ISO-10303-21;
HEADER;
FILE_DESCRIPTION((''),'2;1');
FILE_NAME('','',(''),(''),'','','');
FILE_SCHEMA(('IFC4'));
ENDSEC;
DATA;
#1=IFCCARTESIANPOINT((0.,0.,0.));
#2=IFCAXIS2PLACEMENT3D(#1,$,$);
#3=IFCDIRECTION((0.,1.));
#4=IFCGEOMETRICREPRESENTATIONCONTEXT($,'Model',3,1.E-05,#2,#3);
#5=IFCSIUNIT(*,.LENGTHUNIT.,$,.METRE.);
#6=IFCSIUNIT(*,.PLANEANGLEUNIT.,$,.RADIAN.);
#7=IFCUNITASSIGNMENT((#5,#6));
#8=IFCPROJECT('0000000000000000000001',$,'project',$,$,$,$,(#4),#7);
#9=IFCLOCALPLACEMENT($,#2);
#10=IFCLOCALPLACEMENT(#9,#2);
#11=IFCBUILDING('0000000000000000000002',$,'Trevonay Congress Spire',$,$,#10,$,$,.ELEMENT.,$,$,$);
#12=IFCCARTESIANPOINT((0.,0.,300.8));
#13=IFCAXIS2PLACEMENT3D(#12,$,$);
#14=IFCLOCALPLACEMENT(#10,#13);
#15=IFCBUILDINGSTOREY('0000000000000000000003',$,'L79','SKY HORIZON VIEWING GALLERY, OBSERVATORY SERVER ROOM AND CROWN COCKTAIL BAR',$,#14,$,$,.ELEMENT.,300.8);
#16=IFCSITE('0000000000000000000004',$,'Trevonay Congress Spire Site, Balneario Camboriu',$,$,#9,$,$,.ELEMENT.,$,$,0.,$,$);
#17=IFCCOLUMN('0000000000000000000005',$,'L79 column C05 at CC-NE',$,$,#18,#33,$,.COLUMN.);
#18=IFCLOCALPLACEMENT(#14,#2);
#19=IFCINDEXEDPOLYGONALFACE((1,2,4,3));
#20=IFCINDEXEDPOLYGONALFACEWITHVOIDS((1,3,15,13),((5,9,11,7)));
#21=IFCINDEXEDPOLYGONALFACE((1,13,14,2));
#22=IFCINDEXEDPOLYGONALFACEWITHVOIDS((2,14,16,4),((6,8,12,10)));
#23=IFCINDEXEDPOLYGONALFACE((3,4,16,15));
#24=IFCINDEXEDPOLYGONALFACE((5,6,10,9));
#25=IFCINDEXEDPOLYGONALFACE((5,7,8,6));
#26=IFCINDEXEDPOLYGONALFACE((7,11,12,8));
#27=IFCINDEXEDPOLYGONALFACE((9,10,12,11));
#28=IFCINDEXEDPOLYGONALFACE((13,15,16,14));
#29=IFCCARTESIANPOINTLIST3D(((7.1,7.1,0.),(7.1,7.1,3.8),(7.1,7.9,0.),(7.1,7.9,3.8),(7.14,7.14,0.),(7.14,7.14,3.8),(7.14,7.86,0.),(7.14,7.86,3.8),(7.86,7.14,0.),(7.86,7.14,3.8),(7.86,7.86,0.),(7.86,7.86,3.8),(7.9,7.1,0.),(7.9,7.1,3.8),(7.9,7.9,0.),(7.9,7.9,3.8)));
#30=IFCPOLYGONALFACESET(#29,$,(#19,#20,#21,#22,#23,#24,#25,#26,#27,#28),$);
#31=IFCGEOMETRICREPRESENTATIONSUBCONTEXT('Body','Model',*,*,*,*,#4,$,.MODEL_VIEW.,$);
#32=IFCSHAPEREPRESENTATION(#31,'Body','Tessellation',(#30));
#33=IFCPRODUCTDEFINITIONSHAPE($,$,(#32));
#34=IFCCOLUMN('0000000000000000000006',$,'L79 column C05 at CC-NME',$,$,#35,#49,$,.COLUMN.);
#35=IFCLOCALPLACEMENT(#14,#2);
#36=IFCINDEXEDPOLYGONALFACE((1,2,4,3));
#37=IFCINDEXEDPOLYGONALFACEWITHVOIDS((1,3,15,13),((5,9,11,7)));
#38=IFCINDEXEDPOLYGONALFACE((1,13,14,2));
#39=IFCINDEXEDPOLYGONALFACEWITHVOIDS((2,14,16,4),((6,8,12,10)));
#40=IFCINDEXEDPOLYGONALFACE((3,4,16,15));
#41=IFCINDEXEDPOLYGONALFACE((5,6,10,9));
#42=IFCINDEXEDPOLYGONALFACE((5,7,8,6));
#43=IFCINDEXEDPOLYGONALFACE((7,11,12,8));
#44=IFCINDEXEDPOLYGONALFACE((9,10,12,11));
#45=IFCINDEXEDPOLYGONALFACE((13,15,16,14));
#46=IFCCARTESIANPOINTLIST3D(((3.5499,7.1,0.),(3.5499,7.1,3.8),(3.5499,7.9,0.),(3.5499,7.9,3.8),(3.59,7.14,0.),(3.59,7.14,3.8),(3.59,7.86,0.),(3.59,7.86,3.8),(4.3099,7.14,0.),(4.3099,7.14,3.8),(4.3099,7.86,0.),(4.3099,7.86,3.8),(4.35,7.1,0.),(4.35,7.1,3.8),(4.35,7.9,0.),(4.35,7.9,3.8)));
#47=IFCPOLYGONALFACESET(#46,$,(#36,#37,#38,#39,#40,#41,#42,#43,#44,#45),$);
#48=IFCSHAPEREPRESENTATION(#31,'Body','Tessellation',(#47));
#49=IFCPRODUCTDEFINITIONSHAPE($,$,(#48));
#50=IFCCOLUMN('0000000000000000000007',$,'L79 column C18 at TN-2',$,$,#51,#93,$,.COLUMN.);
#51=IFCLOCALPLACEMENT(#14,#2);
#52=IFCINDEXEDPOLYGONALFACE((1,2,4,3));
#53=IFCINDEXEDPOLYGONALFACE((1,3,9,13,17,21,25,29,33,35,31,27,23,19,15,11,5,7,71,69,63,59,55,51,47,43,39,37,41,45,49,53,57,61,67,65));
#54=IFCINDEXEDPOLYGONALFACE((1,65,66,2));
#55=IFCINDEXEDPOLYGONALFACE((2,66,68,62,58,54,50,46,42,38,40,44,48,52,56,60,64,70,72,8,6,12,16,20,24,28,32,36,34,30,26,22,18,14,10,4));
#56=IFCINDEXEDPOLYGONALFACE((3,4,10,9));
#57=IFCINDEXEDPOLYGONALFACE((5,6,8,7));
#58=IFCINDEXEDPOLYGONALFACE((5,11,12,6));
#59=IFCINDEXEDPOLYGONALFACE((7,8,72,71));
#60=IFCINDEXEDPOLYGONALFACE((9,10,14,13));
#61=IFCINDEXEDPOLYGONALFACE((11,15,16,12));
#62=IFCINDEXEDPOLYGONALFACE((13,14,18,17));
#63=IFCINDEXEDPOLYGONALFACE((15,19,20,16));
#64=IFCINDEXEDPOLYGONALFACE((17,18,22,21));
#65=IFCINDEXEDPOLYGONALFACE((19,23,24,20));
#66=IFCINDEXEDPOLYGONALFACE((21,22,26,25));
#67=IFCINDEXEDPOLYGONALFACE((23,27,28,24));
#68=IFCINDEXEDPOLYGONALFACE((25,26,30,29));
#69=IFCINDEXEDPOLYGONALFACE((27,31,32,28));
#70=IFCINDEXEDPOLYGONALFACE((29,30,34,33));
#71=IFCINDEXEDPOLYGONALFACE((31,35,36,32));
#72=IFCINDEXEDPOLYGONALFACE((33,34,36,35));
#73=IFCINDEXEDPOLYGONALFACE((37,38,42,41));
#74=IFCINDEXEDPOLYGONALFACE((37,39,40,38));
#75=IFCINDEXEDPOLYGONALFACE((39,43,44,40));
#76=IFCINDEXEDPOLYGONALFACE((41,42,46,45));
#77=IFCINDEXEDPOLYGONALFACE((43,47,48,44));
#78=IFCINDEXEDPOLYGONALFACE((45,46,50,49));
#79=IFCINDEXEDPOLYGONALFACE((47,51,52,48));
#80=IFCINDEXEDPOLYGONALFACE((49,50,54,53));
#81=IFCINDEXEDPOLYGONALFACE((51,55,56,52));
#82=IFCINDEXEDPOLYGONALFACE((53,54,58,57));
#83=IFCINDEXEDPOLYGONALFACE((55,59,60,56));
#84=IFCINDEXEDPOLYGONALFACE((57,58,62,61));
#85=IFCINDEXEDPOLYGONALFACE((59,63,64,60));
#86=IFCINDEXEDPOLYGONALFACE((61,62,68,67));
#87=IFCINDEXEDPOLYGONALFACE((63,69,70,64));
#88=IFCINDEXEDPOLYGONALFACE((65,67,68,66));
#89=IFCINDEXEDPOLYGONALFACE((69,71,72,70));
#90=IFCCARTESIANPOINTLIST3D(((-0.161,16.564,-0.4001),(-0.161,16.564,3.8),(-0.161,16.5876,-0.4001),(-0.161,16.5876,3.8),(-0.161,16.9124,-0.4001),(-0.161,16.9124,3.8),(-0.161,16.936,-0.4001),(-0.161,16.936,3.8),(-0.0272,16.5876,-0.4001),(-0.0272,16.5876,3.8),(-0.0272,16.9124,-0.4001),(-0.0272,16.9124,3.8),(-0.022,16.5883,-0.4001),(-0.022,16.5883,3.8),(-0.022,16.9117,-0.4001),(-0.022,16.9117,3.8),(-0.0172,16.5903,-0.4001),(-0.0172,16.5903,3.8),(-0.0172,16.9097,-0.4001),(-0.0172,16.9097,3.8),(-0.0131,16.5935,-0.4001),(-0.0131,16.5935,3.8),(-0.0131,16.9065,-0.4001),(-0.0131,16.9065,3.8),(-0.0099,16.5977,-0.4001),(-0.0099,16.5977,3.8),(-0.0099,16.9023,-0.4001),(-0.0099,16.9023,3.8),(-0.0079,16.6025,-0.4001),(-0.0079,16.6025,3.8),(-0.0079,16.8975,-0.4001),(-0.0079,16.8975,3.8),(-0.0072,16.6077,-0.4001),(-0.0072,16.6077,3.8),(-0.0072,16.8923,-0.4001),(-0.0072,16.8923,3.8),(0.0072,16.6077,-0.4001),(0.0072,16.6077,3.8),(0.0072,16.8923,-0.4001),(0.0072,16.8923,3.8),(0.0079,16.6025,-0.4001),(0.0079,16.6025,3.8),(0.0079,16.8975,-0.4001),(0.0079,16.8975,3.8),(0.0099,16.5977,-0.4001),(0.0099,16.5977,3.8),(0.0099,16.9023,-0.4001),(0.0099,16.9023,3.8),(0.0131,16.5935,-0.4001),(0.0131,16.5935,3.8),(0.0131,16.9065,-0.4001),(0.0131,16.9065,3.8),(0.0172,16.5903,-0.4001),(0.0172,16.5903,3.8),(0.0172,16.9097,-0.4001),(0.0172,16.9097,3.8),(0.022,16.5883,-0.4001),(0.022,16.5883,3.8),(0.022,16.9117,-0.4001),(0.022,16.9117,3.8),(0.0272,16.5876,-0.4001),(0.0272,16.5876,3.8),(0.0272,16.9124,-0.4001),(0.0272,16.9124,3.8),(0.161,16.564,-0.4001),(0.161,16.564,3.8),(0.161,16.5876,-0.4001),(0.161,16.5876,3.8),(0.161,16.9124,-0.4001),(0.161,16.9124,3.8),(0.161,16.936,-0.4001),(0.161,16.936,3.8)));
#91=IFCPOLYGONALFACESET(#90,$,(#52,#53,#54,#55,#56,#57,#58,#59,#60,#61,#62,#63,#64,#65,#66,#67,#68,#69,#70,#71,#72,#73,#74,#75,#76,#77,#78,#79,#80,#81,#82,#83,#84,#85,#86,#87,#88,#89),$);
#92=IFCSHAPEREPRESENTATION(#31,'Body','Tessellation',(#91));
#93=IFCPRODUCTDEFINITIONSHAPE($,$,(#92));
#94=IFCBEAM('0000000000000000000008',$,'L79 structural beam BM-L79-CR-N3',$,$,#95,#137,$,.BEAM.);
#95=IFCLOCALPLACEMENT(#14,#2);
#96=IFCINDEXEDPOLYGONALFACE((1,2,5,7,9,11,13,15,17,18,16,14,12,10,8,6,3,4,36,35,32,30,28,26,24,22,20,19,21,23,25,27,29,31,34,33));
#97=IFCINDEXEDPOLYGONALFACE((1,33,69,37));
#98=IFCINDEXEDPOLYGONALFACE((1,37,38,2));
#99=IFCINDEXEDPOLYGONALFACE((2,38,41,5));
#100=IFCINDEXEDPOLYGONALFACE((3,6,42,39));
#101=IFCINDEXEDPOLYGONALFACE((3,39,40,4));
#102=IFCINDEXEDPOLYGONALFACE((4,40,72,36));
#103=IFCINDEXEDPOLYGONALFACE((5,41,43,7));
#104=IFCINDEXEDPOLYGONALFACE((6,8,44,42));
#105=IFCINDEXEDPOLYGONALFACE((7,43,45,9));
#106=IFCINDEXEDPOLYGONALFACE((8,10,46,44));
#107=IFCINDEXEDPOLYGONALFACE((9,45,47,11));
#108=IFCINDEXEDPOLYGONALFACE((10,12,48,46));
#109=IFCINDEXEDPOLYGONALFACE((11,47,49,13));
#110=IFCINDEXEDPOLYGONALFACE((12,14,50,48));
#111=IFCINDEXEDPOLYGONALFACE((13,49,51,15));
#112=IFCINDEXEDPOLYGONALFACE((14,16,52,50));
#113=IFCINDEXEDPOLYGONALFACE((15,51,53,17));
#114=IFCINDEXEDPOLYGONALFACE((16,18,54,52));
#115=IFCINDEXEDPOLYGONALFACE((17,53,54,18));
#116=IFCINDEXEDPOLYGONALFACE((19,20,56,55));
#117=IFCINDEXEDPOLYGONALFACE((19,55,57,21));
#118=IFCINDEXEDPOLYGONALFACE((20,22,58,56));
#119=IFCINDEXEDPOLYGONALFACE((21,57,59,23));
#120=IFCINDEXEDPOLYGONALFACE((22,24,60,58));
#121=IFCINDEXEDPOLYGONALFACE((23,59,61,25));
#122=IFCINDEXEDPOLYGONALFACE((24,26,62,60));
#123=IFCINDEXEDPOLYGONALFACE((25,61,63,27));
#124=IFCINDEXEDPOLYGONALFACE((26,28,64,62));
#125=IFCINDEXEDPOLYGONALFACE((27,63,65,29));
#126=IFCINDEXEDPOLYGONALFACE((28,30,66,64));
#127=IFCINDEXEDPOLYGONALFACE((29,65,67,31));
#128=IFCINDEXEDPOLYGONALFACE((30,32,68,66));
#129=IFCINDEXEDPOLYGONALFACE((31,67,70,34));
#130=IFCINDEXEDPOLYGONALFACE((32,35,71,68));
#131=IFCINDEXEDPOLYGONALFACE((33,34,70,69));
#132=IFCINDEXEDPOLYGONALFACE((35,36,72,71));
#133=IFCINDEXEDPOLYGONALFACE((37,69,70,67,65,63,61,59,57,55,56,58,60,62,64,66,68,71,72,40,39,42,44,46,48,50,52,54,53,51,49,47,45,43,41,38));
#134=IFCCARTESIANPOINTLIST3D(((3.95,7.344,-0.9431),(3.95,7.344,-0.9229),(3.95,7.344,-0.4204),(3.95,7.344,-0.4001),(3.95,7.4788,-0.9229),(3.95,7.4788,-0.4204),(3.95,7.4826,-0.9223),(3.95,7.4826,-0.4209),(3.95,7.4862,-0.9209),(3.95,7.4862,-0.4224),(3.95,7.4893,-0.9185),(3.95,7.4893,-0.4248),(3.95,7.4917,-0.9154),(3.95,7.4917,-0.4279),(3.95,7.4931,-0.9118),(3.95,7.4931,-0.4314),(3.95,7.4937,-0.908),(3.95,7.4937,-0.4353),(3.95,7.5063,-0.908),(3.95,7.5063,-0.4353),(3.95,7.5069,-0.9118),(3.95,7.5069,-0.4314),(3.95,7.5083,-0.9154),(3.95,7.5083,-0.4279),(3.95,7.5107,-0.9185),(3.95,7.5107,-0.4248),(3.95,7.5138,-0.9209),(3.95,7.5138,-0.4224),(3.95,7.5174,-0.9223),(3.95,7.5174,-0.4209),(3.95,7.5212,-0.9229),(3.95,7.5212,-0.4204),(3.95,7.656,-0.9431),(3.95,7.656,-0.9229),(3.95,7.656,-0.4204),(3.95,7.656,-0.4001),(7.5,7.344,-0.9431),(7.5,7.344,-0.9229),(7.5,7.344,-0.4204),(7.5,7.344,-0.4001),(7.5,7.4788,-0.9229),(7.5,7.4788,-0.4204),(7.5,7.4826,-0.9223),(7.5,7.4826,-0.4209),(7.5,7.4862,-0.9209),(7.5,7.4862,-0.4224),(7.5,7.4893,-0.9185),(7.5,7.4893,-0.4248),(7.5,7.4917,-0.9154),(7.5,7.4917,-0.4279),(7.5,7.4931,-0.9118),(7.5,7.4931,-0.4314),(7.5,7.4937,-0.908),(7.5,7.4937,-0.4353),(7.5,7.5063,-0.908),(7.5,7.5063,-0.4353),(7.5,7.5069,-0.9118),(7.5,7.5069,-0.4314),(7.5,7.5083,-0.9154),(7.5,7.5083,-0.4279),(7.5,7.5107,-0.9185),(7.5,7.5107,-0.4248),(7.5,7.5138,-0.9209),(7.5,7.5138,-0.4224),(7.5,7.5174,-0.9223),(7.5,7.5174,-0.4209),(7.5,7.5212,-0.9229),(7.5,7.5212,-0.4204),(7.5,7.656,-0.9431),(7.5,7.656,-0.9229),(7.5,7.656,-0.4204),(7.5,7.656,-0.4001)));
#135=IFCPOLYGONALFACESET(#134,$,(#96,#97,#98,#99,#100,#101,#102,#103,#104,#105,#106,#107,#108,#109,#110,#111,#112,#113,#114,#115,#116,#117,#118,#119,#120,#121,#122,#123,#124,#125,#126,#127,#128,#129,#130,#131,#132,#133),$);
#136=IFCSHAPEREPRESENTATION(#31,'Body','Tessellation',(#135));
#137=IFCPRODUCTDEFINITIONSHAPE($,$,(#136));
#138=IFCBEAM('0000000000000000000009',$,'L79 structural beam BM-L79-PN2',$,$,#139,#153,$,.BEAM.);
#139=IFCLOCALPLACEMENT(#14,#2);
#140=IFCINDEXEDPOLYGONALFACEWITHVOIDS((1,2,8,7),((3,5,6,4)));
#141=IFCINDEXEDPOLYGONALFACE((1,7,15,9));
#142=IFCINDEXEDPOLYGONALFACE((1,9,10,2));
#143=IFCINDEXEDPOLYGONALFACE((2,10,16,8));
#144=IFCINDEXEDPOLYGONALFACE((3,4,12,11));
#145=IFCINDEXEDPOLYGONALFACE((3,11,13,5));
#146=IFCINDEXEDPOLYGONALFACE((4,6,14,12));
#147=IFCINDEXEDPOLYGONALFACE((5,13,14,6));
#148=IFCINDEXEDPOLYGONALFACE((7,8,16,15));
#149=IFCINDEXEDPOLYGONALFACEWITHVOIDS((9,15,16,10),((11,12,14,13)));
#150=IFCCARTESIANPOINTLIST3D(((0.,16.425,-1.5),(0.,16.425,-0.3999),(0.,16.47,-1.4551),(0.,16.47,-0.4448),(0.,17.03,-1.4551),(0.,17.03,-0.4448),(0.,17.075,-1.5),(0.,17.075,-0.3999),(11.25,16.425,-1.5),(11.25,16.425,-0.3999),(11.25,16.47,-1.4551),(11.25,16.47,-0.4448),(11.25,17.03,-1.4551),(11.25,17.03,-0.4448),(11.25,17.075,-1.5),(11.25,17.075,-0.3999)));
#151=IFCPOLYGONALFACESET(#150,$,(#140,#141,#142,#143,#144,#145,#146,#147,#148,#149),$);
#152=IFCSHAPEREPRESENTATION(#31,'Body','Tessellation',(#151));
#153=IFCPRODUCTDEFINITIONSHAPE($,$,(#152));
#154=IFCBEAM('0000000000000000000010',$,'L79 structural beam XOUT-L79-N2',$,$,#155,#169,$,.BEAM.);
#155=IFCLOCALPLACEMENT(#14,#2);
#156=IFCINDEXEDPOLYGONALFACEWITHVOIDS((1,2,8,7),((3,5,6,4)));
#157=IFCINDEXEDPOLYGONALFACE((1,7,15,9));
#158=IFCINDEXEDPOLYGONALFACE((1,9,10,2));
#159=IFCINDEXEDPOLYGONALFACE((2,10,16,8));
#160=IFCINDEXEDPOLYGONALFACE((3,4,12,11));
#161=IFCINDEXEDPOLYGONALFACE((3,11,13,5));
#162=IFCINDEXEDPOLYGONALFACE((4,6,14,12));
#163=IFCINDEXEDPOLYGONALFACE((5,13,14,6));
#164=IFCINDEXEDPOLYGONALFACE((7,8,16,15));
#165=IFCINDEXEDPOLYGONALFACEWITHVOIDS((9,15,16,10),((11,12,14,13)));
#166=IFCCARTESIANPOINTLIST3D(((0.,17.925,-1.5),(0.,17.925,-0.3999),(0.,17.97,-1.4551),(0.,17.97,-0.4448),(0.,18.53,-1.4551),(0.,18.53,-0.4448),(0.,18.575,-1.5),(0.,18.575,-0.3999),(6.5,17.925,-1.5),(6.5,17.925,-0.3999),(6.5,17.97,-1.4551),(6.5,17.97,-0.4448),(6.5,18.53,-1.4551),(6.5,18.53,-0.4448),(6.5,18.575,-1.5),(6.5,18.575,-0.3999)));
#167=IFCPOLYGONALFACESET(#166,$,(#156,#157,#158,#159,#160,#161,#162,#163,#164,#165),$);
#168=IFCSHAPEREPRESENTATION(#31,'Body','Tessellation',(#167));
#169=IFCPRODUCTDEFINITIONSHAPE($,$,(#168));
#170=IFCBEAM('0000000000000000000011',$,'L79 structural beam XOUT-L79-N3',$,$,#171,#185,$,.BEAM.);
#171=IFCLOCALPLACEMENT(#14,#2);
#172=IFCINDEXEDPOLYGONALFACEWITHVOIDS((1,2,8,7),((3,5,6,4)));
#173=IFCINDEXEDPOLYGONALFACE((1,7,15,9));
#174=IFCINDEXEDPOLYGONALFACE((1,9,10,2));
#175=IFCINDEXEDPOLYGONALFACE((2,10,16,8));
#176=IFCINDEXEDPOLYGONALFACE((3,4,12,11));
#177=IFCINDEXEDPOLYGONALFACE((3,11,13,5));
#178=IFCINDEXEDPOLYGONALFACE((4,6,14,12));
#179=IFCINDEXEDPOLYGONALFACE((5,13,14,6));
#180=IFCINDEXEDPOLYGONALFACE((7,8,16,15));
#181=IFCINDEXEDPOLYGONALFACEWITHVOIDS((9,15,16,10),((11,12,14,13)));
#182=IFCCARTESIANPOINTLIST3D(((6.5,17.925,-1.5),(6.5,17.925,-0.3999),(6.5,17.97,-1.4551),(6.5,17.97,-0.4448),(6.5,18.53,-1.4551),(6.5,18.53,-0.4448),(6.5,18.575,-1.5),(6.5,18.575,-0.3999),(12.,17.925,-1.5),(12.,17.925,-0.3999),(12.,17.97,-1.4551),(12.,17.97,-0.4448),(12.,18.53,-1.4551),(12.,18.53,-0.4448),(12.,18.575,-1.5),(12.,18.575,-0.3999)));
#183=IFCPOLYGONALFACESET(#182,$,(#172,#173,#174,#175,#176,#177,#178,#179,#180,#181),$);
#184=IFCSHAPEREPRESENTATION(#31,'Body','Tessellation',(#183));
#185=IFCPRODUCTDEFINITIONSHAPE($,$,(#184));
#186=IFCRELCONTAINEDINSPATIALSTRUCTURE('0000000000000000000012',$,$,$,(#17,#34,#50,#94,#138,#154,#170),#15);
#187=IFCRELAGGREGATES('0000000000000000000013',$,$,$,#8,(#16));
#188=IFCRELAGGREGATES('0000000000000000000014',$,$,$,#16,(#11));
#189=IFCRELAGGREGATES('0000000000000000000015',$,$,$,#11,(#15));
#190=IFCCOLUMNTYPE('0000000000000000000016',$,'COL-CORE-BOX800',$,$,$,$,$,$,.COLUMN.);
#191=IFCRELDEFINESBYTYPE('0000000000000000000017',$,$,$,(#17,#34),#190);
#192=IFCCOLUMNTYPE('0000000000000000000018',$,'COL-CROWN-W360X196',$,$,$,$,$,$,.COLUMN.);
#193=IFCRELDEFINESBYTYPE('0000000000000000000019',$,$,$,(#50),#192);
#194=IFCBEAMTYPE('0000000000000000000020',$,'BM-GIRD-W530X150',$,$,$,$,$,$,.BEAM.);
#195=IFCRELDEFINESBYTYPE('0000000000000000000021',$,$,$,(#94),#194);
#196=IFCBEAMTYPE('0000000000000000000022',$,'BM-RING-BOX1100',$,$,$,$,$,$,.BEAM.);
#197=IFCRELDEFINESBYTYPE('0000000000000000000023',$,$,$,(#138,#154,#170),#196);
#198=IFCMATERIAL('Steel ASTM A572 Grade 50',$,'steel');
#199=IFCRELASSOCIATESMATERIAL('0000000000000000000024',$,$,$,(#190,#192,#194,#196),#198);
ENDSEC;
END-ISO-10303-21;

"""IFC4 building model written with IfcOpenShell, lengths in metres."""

from ifc_helpers import new_model, si_unit, direction, frame, origin, origin_2d, place, context, subcontext, project, spatial, hollow_rectangle, i_section, extrude, material, material_profile, profile_set, type_object, element, save


model = new_model("IFC4")

# Units and contexts
model_context = context("Model", 3, precision=1e-05, world=origin(), true_north=direction((0.0, 1.0)))
body_context = subcontext(model_context, "Body", "Model", "MODEL_VIEW")
ifc_project = project(units=[si_unit("LENGTHUNIT", "METRE"), si_unit("PLANEANGLEUNIT", "RADIAN")], contexts=[model_context])

# Site, building, storey
site_placement = place(None, origin())
site = spatial("IfcSite", under=ifc_project, at=site_placement, Name="Trevonay Congress Spire Site, Balneario Camboriu", CompositionType="ELEMENT", RefElevation=0.0)
building_placement = place(site_placement, origin())
building = spatial("IfcBuilding", under=site, at=building_placement, Name="Trevonay Congress Spire", CompositionType="ELEMENT")
storey_placement = place(building_placement, frame((0.0, 0.0, 300.8)))
storey = spatial("IfcBuildingStorey", under=building, at=storey_placement, Name="L79", Description="SKY HORIZON VIEWING GALLERY, OBSERVATORY SERVER ROOM AND CROWN COCKTAIL BAR", CompositionType="ELEMENT", Elevation=300.8)

# Columns
ifc_material_1 = material(Name="Steel ASTM A572 Grade 50", Category="steel")
ifc_material_profile_1 = material_profile(ifc_material_1, hollow_rectangle(XDim=0.8, YDim=0.8, WallThickness=0.04, at=origin_2d()), Name="BOX 800x800x40")
ifc_profile_set_1 = profile_set([ifc_material_profile_1], Name="Steel ASTM A572 Grade 50")
column_type_1 = type_object("IfcColumnType", Name="COL-CORE-BOX800", PredefinedType="COLUMN", material=ifc_profile_set_1)
for number, where, z_axis, x_axis, name in (
    (1, (7.5, 7.5, 0.0), (0.0, 0.0, 1.0), (1.0, 0.0, 0.0), "L79 column C05 at CC-NE"),
    (2, (3.95, 7.5, 0.0), (0.0, 0.0, 1.0), (1.0, 0.0, 0.0), "L79 column C05 at CC-NME"),
):
    element("IfcColumn", number, at=place(storey_placement, frame(where, z_axis=z_axis, x_axis=x_axis)), inside=storey, type_object=column_type_1, Name=name, PredefinedType="COLUMN", context=body_context, shape_type="SweptSolid", body=[
        extrude(hollow_rectangle(XDim=0.8, YDim=0.8, WallThickness=0.04, at=origin_2d()), origin(), (0.0, 0.0, 1.0), 3.8),
    ])
ifc_material_profile_2 = material_profile(ifc_material_1, i_section(OverallWidth=0.322, OverallDepth=0.3721, WebThickness=0.0144, FlangeThickness=0.0237, FilletRadius=0.02, at=origin_2d()), Name="W360x196")
ifc_profile_set_2 = profile_set([ifc_material_profile_2], Name="Steel ASTM A572 Grade 50")
column_type_2 = type_object("IfcColumnType", Name="COL-CROWN-W360X196", PredefinedType="COLUMN", material=ifc_profile_set_2)
column_placement = place(storey_placement, frame((0.0, 16.75, -0.4001), z_axis=(0.0, 0.0, 1.0), x_axis=(1.0, 0.0, 0.0)))
element("IfcColumn", 3, at=column_placement, inside=storey, type_object=column_type_2, Name="L79 column C18 at TN-2", PredefinedType="COLUMN", context=body_context, shape_type="SweptSolid", body=[
    extrude(i_section(OverallWidth=0.322, OverallDepth=0.3721, WebThickness=0.0144, FlangeThickness=0.0237, FilletRadius=0.02, at=origin_2d()), origin(), (0.0, 0.0, 1.0), 4.2002),
])

# Beams
ifc_material_profile_3 = material_profile(ifc_material_1, i_section(OverallWidth=0.312, OverallDepth=0.543, WebThickness=0.0127, FlangeThickness=0.0203, FilletRadius=0.0149, at=origin_2d()), Name="W530x150")
ifc_profile_set_3 = profile_set([ifc_material_profile_3], Name="Steel ASTM A572 Grade 50")
beam_type_1 = type_object("IfcBeamType", Name="BM-GIRD-W530X150", PredefinedType="BEAM", material=ifc_profile_set_3)
beam_1_placement = place(storey_placement, frame((3.95, 7.5, -0.6716), z_axis=(1.0, 0.0, 0.0), x_axis=(0.0, 1.0, 0.0)))
element("IfcBeam", 4, at=beam_1_placement, inside=storey, type_object=beam_type_1, Name="L79 structural beam BM-L79-CR-N3", PredefinedType="BEAM", context=body_context, shape_type="SweptSolid", body=[
    extrude(i_section(OverallWidth=0.312, OverallDepth=0.543, WebThickness=0.0127, FlangeThickness=0.0203, FilletRadius=0.0149, at=origin_2d()), origin(), (0.0, 0.0, 1.0), 3.55),
])
ifc_material_profile_4 = material_profile(ifc_material_1, hollow_rectangle(XDim=0.6499, YDim=1.1001, WallThickness=0.0449, at=origin_2d()), Name="BOX 1100x650x45")
ifc_profile_set_4 = profile_set([ifc_material_profile_4], Name="Steel ASTM A572 Grade 50")
beam_type_2 = type_object("IfcBeamType", Name="BM-RING-BOX1100", PredefinedType="BEAM", material=ifc_profile_set_4)
beam_2_placement = place(storey_placement, frame((0.0, 16.75, -0.95), z_axis=(1.0, 0.0, 0.0), x_axis=(0.0, 1.0, 0.0)))
element("IfcBeam", 5, at=beam_2_placement, inside=storey, type_object=beam_type_2, Name="L79 structural beam BM-L79-PN2", PredefinedType="BEAM", context=body_context, shape_type="SweptSolid", body=[
    extrude(hollow_rectangle(XDim=0.6499, YDim=1.1001, WallThickness=0.0449, at=origin_2d()), origin(), (0.0, 0.0, 1.0), 11.25),
])
beam_3_placement = place(storey_placement, frame((0.0, 18.25, -0.95), z_axis=(1.0, 0.0, 0.0), x_axis=(0.0, 1.0, 0.0)))
element("IfcBeam", 6, at=beam_3_placement, inside=storey, type_object=beam_type_2, Name="L79 structural beam XOUT-L79-N2", PredefinedType="BEAM", context=body_context, shape_type="SweptSolid", body=[
    extrude(hollow_rectangle(XDim=0.6499, YDim=1.1001, WallThickness=0.0449, at=origin_2d()), origin(), (0.0, 0.0, 1.0), 6.5),
])
beam_4_placement = place(storey_placement, frame((6.5, 18.25, -0.95), z_axis=(1.0, 0.0, 0.0), x_axis=(0.0, 1.0, 0.0)))
element("IfcBeam", 7, at=beam_4_placement, inside=storey, type_object=beam_type_2, Name="L79 structural beam XOUT-L79-N3", PredefinedType="BEAM", context=body_context, shape_type="SweptSolid", body=[
    extrude(hollow_rectangle(XDim=0.6499, YDim=1.1001, WallThickness=0.0449, at=origin_2d()), origin(), (0.0, 0.0, 1.0), 5.5),
])

save(model, "model.ifc")
